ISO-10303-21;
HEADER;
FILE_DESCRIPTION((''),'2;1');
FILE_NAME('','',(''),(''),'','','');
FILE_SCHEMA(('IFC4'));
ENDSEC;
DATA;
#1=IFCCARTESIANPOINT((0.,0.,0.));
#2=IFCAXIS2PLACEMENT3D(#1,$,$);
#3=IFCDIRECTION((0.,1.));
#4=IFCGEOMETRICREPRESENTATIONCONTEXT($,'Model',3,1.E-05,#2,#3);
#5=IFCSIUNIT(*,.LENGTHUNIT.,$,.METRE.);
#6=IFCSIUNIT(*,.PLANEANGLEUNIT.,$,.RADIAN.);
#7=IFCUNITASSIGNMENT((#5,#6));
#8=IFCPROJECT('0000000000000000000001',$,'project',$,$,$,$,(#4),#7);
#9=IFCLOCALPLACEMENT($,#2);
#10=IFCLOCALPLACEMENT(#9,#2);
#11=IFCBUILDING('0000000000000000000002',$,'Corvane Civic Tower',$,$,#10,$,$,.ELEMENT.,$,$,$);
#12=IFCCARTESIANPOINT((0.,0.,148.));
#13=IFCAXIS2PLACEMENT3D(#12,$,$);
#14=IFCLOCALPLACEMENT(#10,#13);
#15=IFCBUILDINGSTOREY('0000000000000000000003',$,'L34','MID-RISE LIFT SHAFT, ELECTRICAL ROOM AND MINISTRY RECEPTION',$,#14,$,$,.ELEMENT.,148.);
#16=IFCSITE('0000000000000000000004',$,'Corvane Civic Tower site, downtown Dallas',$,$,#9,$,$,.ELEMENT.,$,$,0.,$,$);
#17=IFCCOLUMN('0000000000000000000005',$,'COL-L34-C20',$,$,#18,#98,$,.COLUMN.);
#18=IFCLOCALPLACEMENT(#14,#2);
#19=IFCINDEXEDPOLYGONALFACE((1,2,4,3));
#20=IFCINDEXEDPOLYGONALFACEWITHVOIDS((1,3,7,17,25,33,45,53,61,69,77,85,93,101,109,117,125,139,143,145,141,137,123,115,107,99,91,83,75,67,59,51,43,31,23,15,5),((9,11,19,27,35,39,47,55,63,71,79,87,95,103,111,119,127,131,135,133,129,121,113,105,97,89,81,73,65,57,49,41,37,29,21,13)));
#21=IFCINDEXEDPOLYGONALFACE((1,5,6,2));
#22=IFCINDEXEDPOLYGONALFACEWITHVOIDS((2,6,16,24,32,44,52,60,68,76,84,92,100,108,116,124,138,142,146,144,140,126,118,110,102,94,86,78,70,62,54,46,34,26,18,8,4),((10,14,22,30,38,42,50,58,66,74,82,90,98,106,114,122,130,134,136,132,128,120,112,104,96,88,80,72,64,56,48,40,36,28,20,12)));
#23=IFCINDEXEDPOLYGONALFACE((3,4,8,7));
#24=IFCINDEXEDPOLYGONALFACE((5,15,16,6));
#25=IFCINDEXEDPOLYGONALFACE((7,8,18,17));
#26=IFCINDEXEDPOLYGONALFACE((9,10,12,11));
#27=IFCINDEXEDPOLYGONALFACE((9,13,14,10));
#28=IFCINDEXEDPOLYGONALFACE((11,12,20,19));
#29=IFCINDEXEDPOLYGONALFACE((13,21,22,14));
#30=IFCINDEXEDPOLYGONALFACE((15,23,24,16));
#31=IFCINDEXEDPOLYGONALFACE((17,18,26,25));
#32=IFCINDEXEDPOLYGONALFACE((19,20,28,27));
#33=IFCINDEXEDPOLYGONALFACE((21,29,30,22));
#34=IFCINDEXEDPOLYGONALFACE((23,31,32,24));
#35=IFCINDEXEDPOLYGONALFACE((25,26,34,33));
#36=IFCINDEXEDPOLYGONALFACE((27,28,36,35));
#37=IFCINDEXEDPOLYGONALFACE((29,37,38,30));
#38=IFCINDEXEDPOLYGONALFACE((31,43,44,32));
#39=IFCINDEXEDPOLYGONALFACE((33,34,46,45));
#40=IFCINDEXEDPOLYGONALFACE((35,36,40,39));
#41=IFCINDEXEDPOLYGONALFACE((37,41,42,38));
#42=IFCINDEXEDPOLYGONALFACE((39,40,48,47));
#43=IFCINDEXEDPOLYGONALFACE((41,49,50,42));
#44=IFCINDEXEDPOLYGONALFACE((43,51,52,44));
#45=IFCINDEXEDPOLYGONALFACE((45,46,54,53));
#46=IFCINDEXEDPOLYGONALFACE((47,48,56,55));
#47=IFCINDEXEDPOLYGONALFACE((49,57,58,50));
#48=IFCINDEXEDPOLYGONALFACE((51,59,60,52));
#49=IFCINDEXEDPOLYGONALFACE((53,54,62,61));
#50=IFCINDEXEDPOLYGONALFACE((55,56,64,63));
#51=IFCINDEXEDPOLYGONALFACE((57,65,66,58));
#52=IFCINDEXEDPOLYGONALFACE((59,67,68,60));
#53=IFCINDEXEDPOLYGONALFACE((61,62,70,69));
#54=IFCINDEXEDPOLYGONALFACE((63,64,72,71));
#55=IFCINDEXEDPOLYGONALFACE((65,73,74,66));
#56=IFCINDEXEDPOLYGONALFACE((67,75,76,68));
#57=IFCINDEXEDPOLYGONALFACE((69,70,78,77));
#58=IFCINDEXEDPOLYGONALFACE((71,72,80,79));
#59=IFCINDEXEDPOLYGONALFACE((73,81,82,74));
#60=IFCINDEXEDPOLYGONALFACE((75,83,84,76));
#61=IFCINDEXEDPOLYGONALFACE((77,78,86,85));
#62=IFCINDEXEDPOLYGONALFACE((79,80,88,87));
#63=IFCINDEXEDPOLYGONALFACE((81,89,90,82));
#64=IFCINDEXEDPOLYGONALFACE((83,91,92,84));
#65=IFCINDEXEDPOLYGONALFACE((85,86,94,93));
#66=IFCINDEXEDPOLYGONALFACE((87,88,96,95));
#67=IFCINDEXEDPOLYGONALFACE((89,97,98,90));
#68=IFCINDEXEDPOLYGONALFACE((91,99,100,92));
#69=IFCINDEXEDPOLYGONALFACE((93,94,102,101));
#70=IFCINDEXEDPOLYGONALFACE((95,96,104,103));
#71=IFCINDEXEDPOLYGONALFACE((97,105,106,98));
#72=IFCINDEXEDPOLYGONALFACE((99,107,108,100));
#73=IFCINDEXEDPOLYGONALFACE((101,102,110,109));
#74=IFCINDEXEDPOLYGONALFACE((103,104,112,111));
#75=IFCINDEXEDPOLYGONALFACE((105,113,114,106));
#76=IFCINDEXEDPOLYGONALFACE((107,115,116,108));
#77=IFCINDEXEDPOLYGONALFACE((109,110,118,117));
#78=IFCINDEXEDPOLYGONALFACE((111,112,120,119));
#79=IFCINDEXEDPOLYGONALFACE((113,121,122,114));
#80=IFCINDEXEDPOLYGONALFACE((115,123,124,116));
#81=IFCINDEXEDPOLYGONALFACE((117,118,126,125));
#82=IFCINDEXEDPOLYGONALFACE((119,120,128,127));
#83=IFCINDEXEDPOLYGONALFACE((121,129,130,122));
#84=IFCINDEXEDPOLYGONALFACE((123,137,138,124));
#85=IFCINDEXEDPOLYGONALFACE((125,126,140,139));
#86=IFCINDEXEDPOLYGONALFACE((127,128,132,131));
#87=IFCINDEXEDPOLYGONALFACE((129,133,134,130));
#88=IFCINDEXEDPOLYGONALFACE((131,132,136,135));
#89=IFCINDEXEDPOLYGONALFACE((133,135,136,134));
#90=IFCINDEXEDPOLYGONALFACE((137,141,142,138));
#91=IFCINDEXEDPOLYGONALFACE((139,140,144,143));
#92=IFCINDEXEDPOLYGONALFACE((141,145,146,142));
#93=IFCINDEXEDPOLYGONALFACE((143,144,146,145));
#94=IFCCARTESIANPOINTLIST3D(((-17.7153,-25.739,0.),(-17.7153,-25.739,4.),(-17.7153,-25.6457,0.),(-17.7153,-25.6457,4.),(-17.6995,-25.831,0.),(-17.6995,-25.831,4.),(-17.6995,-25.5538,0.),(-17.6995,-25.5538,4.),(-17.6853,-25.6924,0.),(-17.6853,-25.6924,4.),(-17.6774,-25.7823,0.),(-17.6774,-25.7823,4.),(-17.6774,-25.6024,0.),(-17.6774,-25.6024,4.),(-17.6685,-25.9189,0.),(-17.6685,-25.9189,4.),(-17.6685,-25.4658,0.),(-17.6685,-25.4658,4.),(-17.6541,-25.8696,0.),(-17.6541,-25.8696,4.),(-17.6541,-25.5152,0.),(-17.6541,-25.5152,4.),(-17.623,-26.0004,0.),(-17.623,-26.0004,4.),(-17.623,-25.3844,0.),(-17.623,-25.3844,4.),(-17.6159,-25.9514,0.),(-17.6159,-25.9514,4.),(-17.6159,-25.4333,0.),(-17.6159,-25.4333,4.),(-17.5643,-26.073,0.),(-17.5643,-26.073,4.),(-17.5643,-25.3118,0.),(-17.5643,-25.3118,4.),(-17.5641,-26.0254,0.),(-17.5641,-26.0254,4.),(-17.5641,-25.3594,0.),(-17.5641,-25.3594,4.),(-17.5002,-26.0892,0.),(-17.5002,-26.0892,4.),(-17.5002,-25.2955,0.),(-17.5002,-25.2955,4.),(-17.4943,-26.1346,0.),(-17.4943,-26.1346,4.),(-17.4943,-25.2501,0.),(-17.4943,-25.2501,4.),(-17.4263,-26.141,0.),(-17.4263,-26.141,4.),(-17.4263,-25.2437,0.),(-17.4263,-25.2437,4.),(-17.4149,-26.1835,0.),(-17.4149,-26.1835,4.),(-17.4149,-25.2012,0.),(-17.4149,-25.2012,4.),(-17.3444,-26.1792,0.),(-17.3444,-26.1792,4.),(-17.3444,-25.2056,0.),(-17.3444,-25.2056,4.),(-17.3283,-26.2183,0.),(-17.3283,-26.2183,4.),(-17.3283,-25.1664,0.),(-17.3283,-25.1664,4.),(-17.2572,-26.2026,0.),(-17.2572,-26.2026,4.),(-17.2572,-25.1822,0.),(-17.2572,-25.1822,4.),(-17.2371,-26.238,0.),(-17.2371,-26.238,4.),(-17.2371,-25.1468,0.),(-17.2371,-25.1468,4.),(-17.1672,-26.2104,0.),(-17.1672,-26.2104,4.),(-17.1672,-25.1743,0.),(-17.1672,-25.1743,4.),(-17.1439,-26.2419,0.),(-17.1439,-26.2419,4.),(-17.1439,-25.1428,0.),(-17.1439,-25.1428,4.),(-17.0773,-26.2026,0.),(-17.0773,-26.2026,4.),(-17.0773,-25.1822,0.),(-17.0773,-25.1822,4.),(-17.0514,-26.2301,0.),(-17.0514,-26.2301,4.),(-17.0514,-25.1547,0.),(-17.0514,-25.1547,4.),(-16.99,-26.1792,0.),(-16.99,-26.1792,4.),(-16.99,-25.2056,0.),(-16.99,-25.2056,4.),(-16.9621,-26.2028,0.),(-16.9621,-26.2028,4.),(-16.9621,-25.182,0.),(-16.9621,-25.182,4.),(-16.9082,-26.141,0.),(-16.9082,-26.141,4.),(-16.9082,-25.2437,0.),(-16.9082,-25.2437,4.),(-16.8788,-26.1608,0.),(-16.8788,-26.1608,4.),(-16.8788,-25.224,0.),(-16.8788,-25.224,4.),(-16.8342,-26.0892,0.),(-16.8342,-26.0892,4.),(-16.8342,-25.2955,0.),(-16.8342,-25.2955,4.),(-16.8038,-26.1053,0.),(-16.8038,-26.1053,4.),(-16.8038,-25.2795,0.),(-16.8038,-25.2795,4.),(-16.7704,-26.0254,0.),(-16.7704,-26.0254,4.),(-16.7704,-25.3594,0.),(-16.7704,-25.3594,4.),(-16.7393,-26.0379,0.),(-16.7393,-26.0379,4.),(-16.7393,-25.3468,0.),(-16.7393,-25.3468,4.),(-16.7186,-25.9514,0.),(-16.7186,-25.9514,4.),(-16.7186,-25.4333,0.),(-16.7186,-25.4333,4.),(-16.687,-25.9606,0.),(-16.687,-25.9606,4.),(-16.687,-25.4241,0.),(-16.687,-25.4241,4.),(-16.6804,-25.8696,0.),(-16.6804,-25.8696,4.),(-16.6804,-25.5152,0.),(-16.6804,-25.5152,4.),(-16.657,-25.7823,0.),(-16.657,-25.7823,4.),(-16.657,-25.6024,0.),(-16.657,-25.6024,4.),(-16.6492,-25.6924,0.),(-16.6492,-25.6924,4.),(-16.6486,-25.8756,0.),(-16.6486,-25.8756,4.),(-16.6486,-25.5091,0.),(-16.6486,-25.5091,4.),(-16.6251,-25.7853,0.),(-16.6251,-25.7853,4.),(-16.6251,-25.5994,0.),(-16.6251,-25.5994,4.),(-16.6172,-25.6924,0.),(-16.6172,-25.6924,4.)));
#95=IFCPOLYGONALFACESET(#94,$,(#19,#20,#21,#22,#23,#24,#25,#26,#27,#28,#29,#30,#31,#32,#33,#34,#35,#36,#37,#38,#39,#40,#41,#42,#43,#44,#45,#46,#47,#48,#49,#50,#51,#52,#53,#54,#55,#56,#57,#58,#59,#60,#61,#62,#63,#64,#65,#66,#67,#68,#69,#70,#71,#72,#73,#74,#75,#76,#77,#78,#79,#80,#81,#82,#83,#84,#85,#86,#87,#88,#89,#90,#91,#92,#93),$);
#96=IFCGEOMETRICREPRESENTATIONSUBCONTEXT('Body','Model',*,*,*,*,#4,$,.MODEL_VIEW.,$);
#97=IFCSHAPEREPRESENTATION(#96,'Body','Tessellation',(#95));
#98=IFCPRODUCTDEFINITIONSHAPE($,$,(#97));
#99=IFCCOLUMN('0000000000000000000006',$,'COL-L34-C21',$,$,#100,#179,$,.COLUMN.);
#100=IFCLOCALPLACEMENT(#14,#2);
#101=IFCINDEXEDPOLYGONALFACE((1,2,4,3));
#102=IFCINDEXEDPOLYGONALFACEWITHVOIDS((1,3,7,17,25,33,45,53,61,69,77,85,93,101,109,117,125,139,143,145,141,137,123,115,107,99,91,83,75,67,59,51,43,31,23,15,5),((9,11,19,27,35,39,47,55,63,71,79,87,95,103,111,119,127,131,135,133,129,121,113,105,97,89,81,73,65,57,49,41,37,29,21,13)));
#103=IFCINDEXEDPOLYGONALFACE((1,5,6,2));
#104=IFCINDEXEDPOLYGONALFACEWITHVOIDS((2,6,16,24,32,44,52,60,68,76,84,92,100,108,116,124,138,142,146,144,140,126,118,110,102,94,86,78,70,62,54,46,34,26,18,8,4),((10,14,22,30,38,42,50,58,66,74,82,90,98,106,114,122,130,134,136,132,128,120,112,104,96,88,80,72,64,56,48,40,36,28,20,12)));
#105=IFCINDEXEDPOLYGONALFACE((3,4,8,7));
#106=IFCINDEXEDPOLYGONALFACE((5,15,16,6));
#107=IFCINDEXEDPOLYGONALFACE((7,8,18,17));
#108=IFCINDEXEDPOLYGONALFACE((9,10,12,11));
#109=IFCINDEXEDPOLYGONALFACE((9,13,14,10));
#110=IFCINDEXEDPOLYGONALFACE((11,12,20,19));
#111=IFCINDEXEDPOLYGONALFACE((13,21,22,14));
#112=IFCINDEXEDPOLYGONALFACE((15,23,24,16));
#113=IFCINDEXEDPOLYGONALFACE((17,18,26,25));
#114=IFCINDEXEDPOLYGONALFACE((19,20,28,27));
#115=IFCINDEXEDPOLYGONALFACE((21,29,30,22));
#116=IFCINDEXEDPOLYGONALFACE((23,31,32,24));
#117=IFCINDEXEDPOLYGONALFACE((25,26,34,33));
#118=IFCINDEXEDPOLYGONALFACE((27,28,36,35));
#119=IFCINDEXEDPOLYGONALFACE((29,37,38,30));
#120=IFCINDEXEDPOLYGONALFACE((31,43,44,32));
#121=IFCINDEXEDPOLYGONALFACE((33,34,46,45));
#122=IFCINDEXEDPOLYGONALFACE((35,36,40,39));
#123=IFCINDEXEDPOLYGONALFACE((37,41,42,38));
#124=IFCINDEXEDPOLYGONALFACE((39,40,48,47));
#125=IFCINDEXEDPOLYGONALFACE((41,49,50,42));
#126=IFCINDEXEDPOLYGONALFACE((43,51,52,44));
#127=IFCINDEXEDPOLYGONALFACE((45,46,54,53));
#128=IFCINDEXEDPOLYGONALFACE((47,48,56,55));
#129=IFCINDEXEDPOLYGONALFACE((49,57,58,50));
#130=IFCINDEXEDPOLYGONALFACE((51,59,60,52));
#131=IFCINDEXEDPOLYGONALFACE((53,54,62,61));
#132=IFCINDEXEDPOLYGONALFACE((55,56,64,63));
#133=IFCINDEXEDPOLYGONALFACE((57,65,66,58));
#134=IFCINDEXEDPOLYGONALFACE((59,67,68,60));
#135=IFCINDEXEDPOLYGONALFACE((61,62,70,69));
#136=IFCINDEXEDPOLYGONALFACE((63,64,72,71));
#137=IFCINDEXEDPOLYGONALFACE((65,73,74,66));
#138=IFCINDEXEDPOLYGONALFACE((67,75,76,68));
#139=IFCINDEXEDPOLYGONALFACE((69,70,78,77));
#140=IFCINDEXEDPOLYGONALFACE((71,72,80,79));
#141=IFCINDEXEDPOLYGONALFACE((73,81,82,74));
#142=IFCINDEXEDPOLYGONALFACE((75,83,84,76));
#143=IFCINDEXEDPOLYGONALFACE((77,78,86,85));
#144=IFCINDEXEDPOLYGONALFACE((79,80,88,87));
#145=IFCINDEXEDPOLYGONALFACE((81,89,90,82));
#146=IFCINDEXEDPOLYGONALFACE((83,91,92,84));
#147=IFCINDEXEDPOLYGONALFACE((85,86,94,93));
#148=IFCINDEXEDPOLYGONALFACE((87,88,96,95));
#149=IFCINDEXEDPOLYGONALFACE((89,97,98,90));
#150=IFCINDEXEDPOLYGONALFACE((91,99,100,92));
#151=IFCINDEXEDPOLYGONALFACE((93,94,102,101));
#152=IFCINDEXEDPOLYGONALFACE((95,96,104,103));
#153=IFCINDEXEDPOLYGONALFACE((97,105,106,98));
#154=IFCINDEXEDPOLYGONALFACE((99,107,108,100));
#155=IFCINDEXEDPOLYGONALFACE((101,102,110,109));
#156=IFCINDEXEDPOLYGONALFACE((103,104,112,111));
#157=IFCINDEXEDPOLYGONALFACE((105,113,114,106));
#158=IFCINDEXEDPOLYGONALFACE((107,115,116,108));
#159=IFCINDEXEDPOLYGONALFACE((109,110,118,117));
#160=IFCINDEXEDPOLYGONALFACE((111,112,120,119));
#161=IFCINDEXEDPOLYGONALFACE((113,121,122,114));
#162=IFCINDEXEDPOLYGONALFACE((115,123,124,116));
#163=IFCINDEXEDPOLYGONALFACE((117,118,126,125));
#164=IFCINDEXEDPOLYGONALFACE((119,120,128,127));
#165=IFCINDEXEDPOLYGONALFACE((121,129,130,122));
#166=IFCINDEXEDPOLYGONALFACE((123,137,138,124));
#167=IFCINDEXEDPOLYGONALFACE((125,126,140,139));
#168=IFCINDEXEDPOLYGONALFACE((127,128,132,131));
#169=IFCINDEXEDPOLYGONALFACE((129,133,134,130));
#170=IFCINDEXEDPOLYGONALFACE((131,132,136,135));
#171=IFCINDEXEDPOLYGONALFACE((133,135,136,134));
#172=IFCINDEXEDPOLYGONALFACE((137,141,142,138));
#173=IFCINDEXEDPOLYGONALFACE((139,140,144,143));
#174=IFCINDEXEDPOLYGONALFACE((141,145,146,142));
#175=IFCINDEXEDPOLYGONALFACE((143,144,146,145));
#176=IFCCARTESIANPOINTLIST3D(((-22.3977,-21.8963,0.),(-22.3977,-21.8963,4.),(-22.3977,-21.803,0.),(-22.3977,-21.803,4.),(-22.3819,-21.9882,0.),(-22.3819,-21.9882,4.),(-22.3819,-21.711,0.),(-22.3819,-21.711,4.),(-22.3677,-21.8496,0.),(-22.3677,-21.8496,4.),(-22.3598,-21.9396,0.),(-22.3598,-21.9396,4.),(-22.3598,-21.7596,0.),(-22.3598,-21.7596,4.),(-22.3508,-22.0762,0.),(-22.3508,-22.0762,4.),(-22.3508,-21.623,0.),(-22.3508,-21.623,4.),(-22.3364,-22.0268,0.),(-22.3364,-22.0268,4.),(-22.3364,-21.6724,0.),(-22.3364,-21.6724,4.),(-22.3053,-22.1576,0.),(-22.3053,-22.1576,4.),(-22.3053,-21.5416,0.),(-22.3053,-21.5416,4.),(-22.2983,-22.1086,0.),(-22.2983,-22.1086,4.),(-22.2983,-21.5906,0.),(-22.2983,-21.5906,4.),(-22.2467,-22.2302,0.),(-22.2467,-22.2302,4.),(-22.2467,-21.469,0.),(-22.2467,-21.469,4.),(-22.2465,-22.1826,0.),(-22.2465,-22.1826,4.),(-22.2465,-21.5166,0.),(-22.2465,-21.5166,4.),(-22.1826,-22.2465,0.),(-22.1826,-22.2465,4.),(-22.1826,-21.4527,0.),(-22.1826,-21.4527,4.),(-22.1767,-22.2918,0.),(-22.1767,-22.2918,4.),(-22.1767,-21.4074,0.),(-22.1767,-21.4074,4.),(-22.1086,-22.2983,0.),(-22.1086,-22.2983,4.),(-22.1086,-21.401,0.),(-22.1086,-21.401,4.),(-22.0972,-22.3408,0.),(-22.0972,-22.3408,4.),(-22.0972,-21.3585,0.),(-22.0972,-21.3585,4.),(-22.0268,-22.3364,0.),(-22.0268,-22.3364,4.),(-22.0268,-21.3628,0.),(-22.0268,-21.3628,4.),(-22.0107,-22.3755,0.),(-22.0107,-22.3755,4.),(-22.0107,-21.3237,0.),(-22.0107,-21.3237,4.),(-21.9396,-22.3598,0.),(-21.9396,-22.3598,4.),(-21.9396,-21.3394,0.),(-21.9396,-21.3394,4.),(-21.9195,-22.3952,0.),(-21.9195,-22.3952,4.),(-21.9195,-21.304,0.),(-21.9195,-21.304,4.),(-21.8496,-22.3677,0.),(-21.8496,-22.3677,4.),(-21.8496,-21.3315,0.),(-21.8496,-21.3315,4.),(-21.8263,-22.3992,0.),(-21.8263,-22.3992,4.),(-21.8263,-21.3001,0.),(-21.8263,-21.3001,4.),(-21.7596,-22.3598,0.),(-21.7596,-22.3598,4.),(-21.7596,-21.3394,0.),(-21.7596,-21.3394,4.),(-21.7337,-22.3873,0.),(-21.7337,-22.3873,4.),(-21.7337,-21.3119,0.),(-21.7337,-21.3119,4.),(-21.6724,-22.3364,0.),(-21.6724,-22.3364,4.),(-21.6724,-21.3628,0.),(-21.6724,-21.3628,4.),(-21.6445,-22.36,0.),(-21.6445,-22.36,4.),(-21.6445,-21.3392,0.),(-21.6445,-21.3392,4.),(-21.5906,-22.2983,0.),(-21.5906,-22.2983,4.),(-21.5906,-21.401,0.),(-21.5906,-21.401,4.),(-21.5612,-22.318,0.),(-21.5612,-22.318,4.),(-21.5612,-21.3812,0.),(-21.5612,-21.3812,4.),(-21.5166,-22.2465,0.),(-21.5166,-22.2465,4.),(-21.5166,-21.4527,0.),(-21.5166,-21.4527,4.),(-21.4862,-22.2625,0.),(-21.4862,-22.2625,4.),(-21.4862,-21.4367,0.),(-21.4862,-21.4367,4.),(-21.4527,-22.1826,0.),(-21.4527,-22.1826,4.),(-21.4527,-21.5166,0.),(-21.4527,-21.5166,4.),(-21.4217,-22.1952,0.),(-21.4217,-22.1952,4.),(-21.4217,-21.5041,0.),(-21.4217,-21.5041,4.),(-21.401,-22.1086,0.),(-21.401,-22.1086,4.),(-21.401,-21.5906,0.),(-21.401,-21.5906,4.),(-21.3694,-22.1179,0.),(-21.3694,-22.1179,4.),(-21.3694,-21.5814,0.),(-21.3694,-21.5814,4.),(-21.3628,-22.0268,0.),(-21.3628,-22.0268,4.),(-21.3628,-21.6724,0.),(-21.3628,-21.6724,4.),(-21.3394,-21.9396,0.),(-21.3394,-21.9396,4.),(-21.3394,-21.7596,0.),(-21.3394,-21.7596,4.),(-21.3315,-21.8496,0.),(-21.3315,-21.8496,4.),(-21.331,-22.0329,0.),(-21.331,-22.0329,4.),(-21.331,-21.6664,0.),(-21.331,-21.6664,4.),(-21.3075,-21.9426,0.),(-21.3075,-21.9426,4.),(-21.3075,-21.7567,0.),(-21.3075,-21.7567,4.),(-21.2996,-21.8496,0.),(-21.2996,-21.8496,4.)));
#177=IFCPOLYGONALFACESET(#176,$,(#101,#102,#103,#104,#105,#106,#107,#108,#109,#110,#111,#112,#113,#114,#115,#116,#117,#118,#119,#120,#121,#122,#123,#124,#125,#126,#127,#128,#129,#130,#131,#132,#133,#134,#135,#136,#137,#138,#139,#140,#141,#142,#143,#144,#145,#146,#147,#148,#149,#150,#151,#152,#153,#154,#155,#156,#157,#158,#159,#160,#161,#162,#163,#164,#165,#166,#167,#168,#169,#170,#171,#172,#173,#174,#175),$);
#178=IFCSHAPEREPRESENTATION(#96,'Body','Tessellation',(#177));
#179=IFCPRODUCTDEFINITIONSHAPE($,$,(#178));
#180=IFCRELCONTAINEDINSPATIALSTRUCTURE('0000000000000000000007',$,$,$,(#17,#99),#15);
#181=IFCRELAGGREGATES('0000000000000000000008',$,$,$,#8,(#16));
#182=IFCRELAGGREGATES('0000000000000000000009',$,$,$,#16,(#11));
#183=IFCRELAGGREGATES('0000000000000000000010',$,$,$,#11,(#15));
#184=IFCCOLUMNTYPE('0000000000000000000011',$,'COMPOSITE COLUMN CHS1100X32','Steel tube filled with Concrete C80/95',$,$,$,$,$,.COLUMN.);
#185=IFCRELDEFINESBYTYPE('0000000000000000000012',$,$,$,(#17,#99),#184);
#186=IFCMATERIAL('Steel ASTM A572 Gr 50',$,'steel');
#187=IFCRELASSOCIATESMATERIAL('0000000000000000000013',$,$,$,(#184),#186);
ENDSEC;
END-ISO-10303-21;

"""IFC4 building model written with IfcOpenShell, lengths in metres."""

from ifc_helpers import new_model, si_unit, direction, frame, origin, origin_2d, place, context, subcontext, project, spatial, hollow_circle, extrude, material, material_profile, profile_set, type_object, element, save


model = new_model("IFC4")

# Units and contexts
model_context = context("Model", 3, precision=1e-05, world=origin(), true_north=direction((0.0, 1.0)))
body_context = subcontext(model_context, "Body", "Model", "MODEL_VIEW")
ifc_project = project(units=[si_unit("LENGTHUNIT", "METRE"), si_unit("PLANEANGLEUNIT", "RADIAN")], contexts=[model_context])

# Site, building, storey
site_placement = place(None, origin())
site = spatial("IfcSite", under=ifc_project, at=site_placement, Name="Corvane Civic Tower site, downtown Dallas", CompositionType="ELEMENT", RefElevation=0.0)
building_placement = place(site_placement, origin())
building = spatial("IfcBuilding", under=site, at=building_placement, Name="Corvane Civic Tower", CompositionType="ELEMENT")
storey_placement = place(building_placement, frame((0.0, 0.0, 148.0)))
storey = spatial("IfcBuildingStorey", under=building, at=storey_placement, Name="L34", Description="MID-RISE LIFT SHAFT, ELECTRICAL ROOM AND MINISTRY RECEPTION", CompositionType="ELEMENT", Elevation=148.0)

# Columns
ifc_material_1 = material(Name="Steel ASTM A572 Gr 50", Category="steel")
ifc_material_profile_1 = material_profile(ifc_material_1, hollow_circle(Radius=0.55, WallThickness=0.032, at=origin_2d()), Name="CHS1100X32")
ifc_profile_set_1 = profile_set([ifc_material_profile_1], Name="Steel ASTM A572 Gr 50")
column_type = type_object("IfcColumnType", Name="COMPOSITE COLUMN CHS1100X32", Description="Steel tube filled with Concrete C80/95", PredefinedType="COLUMN", material=ifc_profile_set_1)
for number, where, z_axis, x_axis, name in (
    (1, (-17.1672, -25.6924, 0.0), (0.0, 0.0, 1.0), (1.0, 0.0, 0.0), "COL-L34-C20"),
    (2, (-21.8496, -21.8496, 0.0), (0.0, 0.0, 1.0), (1.0, 0.0, 0.0), "COL-L34-C21"),
):
    element("IfcColumn", number, at=place(storey_placement, frame(where, z_axis=z_axis, x_axis=x_axis)), inside=storey, type_object=column_type, Name=name, PredefinedType="COLUMN", context=body_context, shape_type="SweptSolid", body=[
        extrude(hollow_circle(Radius=0.55, WallThickness=0.032, at=origin_2d()), origin(), (0.0, 0.0, 1.0), 4.0),
    ])

save(model, "model.ifc")
